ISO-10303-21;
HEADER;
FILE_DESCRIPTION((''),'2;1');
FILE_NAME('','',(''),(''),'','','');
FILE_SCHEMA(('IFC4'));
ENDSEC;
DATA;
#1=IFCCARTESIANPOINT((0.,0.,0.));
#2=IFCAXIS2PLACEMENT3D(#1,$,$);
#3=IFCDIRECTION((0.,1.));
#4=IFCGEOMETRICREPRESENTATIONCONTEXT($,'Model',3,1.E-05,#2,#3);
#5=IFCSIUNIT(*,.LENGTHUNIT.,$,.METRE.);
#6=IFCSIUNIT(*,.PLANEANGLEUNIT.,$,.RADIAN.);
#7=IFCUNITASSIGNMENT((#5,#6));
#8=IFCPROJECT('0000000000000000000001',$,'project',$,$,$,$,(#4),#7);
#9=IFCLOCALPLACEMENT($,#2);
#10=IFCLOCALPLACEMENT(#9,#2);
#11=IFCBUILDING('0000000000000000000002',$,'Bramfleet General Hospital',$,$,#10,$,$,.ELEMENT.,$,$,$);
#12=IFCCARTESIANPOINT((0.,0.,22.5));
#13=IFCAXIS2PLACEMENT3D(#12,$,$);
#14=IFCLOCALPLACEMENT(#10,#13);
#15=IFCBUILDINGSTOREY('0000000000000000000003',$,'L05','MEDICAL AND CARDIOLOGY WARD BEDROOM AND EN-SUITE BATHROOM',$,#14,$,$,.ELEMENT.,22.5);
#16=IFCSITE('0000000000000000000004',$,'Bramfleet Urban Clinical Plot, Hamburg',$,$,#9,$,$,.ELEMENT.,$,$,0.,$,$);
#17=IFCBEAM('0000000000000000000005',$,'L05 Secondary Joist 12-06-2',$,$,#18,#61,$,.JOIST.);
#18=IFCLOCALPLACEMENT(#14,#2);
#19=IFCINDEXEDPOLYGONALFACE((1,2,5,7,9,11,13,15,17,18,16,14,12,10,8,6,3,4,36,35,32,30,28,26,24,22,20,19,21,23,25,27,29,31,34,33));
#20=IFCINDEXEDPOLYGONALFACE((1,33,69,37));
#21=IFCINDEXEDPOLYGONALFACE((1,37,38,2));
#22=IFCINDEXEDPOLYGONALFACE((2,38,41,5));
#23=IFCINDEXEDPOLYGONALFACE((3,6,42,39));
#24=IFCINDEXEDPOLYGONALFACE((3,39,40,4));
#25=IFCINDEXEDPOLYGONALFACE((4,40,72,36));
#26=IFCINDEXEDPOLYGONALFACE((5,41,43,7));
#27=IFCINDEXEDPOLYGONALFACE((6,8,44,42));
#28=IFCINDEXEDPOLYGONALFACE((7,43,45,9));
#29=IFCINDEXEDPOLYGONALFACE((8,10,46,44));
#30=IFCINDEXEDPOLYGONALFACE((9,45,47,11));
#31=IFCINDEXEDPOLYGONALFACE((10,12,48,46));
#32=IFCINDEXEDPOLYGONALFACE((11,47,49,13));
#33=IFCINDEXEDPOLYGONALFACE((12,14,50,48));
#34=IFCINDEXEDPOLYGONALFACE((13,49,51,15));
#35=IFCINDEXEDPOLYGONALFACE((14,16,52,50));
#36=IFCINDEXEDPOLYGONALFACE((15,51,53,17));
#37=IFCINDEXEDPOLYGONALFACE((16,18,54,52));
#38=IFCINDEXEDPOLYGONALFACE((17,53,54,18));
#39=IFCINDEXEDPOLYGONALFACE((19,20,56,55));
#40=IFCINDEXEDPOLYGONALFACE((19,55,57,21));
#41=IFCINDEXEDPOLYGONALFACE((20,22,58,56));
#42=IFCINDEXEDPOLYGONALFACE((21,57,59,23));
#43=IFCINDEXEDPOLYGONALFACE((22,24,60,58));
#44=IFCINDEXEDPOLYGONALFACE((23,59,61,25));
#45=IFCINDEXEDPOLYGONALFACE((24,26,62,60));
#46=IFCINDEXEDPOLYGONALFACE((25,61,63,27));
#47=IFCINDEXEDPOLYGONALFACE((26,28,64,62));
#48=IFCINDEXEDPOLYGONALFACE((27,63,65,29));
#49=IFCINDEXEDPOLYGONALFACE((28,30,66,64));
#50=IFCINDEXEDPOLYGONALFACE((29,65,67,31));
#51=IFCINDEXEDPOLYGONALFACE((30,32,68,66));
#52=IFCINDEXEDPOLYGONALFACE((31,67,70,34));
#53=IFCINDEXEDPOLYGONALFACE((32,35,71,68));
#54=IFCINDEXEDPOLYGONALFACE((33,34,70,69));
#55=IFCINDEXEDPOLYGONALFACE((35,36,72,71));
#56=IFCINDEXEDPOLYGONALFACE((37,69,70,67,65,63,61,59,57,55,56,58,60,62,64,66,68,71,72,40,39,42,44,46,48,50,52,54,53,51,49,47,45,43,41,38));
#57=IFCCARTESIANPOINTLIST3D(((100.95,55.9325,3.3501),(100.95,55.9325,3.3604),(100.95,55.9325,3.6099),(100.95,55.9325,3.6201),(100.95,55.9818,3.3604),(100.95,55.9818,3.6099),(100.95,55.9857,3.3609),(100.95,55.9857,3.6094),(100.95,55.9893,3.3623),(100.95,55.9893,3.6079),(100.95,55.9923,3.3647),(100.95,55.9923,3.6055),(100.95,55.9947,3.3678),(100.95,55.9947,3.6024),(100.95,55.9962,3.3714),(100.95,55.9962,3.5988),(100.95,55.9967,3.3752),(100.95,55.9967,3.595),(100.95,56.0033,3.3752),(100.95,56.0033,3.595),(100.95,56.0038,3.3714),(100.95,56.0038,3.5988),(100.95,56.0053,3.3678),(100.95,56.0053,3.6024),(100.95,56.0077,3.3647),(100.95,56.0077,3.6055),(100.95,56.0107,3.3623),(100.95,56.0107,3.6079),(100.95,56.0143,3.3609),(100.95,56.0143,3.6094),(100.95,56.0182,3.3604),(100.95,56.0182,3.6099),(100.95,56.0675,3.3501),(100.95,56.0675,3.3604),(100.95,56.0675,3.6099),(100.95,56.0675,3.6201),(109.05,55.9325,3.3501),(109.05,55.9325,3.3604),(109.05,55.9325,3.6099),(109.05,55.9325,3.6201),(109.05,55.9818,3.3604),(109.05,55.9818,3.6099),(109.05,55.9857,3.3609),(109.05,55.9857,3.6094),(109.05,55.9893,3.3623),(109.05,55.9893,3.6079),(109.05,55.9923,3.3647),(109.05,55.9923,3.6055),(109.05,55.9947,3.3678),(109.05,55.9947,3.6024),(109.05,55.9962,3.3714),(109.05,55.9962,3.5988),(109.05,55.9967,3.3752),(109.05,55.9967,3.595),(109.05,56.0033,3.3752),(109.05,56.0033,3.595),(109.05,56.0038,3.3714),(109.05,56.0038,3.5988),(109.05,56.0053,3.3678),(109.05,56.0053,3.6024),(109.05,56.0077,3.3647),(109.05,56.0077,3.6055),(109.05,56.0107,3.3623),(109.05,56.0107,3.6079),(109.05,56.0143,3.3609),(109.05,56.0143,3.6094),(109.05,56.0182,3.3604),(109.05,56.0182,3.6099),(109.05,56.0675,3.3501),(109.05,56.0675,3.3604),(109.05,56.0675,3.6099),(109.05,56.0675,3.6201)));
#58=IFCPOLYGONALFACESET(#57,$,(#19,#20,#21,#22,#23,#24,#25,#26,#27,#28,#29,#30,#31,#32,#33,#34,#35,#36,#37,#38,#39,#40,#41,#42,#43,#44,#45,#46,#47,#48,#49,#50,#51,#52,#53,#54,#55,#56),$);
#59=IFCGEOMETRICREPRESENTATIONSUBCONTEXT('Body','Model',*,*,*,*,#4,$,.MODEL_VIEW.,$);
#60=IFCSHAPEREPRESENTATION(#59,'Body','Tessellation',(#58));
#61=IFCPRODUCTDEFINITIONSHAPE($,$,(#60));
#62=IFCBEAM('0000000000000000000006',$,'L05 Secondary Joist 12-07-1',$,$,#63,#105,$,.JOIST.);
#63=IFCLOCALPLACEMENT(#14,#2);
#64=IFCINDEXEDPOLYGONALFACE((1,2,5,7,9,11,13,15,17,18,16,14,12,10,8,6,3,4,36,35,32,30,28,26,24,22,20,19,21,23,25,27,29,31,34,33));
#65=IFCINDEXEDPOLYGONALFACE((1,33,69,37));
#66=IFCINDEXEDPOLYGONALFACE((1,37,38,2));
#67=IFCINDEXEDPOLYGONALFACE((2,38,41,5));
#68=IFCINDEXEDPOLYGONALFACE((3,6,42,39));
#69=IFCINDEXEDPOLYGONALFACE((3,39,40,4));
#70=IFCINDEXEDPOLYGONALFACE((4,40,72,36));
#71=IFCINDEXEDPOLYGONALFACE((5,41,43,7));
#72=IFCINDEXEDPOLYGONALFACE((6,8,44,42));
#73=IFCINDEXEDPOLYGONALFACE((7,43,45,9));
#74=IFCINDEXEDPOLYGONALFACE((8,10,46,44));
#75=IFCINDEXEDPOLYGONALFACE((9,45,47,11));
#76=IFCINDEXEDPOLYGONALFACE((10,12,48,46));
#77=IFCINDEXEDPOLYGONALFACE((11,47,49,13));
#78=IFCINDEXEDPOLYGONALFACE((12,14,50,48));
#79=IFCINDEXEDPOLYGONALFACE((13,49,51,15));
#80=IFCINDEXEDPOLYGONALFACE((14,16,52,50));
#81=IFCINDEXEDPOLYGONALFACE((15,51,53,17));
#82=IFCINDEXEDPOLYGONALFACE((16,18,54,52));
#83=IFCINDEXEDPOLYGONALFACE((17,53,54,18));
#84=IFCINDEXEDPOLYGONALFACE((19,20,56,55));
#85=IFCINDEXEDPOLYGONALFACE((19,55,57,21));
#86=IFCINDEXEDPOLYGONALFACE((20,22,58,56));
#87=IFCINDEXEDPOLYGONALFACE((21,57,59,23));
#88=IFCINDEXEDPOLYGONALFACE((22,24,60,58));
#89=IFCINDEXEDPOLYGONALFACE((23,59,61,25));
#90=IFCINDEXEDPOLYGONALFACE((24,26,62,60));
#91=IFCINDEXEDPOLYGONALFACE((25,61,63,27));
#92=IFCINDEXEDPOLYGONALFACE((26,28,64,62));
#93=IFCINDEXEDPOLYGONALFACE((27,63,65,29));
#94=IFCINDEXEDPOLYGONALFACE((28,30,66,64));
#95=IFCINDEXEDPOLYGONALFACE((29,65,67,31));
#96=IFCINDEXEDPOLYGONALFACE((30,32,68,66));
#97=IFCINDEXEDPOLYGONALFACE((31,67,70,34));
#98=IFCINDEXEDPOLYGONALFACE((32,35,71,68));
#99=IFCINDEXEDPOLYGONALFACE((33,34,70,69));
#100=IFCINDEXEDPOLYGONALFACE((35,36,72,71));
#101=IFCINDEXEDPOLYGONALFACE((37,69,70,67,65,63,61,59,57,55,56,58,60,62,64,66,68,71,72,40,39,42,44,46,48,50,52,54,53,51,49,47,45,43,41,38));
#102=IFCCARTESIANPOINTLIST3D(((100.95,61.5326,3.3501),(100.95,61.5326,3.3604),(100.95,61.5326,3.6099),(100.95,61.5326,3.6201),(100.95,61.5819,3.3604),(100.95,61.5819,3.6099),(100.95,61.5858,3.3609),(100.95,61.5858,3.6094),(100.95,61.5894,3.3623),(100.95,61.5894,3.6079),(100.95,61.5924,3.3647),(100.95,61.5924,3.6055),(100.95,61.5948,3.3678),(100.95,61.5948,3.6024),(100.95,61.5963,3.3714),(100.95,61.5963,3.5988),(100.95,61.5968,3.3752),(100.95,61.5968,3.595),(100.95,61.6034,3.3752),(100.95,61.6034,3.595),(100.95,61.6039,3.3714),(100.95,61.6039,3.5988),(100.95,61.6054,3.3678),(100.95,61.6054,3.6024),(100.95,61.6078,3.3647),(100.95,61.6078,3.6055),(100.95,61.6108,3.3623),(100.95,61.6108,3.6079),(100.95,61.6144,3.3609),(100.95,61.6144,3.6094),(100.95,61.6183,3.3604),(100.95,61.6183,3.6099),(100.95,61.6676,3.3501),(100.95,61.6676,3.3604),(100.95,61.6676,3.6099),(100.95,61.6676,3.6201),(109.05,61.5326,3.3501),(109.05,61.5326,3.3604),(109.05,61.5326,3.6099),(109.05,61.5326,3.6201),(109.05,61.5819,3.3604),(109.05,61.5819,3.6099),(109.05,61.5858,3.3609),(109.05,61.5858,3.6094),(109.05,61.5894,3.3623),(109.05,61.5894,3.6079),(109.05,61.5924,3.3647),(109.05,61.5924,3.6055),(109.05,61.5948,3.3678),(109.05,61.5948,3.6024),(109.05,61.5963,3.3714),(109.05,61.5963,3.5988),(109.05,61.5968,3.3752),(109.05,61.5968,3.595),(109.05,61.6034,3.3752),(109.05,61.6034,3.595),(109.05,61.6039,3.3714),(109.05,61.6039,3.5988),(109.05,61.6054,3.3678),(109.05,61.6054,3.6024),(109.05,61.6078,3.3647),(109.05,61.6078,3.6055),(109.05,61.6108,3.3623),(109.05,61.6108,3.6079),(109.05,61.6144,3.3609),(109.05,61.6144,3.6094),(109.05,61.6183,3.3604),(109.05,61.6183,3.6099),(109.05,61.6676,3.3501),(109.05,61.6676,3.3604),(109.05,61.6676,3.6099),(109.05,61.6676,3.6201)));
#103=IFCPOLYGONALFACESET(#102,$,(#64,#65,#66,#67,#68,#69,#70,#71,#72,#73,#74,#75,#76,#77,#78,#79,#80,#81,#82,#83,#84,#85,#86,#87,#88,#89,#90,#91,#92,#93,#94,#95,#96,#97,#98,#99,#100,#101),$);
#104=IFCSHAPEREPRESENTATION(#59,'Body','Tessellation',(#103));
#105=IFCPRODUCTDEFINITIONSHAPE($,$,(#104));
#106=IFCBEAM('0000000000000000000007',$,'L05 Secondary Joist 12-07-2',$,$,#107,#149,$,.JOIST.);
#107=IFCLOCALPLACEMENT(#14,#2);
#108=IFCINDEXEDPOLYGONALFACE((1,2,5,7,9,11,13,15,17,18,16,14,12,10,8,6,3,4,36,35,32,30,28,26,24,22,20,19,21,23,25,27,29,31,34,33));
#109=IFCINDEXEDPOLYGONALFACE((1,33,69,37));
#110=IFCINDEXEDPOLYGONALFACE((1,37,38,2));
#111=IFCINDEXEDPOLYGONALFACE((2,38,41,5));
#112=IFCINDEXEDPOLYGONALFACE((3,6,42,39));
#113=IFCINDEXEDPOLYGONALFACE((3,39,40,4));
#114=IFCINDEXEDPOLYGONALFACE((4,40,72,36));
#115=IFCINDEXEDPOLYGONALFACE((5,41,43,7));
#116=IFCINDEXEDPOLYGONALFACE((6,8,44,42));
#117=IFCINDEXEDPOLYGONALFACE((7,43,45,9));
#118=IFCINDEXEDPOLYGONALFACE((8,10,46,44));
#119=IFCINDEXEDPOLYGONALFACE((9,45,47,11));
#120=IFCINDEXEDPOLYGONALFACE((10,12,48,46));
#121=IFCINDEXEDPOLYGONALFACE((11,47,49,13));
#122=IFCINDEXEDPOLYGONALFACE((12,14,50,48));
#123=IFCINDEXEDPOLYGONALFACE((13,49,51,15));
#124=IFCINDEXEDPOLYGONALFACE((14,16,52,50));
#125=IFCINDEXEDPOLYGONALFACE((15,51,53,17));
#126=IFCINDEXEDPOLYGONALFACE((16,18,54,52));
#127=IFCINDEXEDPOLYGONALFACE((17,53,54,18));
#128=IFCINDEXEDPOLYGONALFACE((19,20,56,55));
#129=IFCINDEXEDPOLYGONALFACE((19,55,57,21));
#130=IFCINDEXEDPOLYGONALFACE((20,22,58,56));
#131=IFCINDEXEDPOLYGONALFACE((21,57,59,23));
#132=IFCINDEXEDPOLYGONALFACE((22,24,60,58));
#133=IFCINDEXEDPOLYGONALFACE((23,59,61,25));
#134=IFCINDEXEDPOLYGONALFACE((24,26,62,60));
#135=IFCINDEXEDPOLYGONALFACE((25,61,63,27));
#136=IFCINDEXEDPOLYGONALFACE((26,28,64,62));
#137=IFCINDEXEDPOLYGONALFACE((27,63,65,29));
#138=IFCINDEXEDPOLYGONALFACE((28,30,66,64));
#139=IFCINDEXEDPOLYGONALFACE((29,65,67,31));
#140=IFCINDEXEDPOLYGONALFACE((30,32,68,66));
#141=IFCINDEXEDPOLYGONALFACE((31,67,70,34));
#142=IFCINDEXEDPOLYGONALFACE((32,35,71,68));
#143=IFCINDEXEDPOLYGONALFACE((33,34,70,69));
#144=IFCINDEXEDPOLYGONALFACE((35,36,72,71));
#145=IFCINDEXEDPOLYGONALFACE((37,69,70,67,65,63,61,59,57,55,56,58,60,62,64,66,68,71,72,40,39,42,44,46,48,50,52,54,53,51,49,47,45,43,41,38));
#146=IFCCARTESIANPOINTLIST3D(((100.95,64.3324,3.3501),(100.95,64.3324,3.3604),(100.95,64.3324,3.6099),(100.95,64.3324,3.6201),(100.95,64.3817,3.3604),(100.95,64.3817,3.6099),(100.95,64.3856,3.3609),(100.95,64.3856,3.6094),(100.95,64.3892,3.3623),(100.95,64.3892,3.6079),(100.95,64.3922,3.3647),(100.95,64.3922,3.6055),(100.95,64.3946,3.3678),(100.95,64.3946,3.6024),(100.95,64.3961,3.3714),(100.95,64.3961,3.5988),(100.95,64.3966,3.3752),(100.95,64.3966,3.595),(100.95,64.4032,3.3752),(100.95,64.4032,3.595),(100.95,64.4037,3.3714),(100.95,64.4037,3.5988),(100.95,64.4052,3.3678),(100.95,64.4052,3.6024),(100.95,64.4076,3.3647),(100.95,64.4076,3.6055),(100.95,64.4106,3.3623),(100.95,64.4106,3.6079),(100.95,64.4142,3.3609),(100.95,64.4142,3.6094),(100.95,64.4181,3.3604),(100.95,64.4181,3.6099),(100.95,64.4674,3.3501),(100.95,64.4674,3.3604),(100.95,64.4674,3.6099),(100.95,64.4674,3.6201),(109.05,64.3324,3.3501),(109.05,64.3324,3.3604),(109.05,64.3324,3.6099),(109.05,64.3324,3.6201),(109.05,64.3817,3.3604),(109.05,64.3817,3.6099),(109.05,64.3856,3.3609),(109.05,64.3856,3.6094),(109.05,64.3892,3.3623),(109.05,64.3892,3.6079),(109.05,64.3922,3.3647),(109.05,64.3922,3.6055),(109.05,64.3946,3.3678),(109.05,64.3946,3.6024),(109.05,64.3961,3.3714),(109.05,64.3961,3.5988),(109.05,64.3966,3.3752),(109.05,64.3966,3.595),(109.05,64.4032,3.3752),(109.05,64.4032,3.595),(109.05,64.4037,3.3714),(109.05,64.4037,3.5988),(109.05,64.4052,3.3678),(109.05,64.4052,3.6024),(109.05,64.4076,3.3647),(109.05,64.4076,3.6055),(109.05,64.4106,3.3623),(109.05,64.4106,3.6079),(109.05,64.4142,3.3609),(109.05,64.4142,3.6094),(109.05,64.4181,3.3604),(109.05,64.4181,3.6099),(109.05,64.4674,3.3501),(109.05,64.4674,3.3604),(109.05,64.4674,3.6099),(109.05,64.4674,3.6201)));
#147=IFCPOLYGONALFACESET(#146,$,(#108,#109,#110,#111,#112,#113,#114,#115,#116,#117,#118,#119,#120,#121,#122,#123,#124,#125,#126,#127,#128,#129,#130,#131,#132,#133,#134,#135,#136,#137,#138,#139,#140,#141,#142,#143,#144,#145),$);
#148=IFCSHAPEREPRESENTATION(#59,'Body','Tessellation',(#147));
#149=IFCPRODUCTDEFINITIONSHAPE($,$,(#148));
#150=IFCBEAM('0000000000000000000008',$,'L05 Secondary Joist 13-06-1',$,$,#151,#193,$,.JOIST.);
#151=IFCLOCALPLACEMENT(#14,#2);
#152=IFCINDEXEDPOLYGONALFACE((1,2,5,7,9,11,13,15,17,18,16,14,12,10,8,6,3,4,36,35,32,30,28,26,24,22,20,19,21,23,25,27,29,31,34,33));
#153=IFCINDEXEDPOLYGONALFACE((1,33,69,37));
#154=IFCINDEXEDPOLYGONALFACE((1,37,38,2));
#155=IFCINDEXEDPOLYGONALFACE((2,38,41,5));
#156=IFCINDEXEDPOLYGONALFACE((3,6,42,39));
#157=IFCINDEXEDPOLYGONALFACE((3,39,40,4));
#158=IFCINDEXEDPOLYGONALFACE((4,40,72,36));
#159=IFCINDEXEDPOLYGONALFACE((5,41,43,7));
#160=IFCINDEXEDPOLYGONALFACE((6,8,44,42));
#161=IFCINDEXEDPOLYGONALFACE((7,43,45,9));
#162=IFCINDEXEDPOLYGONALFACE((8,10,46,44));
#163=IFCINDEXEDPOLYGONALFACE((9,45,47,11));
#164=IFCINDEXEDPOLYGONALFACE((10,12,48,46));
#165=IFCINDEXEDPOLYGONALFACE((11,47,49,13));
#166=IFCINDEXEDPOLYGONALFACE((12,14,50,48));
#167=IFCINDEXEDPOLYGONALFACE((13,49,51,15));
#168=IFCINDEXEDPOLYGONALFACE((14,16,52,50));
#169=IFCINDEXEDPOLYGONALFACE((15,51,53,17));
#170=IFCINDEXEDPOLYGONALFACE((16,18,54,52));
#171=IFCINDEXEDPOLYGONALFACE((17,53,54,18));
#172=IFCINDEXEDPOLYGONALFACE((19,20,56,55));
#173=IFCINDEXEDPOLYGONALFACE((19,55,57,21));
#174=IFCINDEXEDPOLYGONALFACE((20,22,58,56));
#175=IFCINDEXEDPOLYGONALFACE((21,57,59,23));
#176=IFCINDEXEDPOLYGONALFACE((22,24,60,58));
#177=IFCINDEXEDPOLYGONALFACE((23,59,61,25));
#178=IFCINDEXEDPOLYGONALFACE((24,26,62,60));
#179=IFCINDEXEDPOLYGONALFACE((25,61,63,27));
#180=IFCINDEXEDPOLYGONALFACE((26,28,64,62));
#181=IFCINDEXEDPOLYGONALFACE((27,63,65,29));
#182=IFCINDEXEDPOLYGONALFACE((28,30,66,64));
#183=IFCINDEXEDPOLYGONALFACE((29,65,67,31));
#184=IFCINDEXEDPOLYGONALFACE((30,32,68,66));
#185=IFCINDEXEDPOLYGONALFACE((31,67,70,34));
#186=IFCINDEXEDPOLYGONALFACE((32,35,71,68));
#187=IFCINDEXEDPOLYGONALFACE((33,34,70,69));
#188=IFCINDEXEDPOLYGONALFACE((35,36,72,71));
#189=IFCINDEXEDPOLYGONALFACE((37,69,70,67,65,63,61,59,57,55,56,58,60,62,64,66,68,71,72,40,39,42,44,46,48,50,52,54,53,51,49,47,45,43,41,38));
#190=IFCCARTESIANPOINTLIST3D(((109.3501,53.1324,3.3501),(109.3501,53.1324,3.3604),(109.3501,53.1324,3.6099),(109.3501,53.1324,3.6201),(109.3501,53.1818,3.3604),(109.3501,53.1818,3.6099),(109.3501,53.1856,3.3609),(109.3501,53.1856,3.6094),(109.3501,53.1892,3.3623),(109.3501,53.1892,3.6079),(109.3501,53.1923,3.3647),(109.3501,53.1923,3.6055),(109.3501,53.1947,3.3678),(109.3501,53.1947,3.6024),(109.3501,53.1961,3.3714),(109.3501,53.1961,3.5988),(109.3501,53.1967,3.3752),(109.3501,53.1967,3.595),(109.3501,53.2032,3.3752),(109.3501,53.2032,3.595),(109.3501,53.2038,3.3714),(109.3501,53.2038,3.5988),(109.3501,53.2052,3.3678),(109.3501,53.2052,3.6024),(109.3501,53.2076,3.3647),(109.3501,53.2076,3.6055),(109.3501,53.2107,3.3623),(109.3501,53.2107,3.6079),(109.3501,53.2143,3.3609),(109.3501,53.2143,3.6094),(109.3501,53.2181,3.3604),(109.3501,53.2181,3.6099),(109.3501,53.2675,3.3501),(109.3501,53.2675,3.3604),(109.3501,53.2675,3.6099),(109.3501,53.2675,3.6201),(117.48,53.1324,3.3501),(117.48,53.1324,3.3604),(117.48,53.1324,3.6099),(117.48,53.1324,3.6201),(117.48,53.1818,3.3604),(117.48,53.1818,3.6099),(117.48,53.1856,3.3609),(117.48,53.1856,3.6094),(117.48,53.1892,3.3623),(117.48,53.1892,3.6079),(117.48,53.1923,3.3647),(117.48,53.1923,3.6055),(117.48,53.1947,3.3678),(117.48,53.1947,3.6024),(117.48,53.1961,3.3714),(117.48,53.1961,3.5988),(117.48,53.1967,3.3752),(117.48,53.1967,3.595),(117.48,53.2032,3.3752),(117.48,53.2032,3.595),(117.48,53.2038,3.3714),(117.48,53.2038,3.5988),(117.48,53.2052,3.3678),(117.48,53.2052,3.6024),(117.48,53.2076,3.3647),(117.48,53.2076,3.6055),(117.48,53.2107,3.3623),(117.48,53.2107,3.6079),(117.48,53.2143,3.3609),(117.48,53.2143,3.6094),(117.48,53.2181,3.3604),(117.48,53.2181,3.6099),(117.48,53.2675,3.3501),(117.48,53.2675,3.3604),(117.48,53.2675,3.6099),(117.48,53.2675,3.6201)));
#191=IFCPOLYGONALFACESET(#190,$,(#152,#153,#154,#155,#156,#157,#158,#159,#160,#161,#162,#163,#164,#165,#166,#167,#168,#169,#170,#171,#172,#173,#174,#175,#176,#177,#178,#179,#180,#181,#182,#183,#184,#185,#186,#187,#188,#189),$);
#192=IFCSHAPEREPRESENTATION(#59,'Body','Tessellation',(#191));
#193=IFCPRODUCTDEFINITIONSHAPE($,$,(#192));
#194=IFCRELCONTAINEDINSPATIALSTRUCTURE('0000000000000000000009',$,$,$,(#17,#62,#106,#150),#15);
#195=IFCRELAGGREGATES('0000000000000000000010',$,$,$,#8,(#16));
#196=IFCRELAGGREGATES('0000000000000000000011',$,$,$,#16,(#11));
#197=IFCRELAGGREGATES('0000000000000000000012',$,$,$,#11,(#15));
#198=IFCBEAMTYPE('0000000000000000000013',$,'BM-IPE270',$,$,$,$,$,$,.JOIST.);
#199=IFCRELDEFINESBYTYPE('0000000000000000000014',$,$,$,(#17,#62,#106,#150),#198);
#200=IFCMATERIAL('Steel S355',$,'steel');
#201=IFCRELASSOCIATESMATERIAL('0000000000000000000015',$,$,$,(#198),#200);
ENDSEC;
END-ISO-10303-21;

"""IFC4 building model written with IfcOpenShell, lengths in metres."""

from ifc_helpers import new_model, si_unit, direction, frame, origin, origin_2d, place, context, subcontext, project, spatial, i_section, extrude, material, material_profile, profile_set, type_object, element, save


model = new_model("IFC4")

# Units and contexts
model_context = context("Model", 3, precision=1e-05, world=origin(), true_north=direction((0.0, 1.0)))
body_context = subcontext(model_context, "Body", "Model", "MODEL_VIEW")
ifc_project = project(units=[si_unit("LENGTHUNIT", "METRE"), si_unit("PLANEANGLEUNIT", "RADIAN")], contexts=[model_context])

# Site, building, storey
site_placement = place(None, origin())
site = spatial("IfcSite", under=ifc_project, at=site_placement, Name="Bramfleet Urban Clinical Plot, Hamburg", CompositionType="ELEMENT", RefElevation=0.0)
building_placement = place(site_placement, origin())
building = spatial("IfcBuilding", under=site, at=building_placement, Name="Bramfleet General Hospital", CompositionType="ELEMENT")
storey_placement = place(building_placement, frame((0.0, 0.0, 22.5)))
storey = spatial("IfcBuildingStorey", under=building, at=storey_placement, Name="L05", Description="MEDICAL AND CARDIOLOGY WARD BEDROOM AND EN-SUITE BATHROOM", CompositionType="ELEMENT", Elevation=22.5)

# Beams
ifc_material_1 = material(Name="Steel S355", Category="steel")
ifc_material_profile_1 = material_profile(ifc_material_1, i_section(OverallWidth=0.135, OverallDepth=0.27, WebThickness=0.0066, FlangeThickness=0.0103, FilletRadius=0.0149, at=origin_2d()), Name="IPE 270")
ifc_profile_set_1 = profile_set([ifc_material_profile_1], Name="Steel S355")
beam_type_1 = type_object("IfcBeamType", Name="BM-IPE270", PredefinedType="JOIST", material=ifc_profile_set_1)
for number, where, z_axis, x_axis, name in (
    (1, (100.95, 56.0, 3.4851), (1.0, 0.0, 0.0), (0.0, 1.0, 0.0), "L05 Secondary Joist 12-06-2"),
    (2, (100.95, 61.6001, 3.4851), (1.0, 0.0, 0.0), (0.0, 1.0, 0.0), "L05 Secondary Joist 12-07-1"),
    (3, (100.95, 64.3999, 3.4851), (1.0, 0.0, 0.0), (0.0, 1.0, 0.0), "L05 Secondary Joist 12-07-2"),
):
    element("IfcBeam", number, at=place(storey_placement, frame(where, z_axis=z_axis, x_axis=x_axis)), inside=storey, type_object=beam_type_1, Name=name, PredefinedType="JOIST", context=body_context, shape_type="SweptSolid", body=[
        extrude(i_section(OverallWidth=0.135, OverallDepth=0.27, WebThickness=0.0066, FlangeThickness=0.0103, FilletRadius=0.0149, at=origin_2d()), origin(), (0.0, 0.0, 1.0), 8.1001),
    ])
for number, where, z_axis, x_axis, name in (
    (4, (109.3501, 53.2, 3.4851), (1.0, 0.0, 0.0), (0.0, 1.0, 0.0), "L05 Secondary Joist 13-06-1"),
):
    element("IfcBeam", number, at=place(storey_placement, frame(where, z_axis=z_axis, x_axis=x_axis)), inside=storey, type_object=beam_type_1, Name=name, PredefinedType="JOIST", context=body_context, shape_type="SweptSolid", body=[
        extrude(i_section(OverallWidth=0.135, OverallDepth=0.27, WebThickness=0.0066, FlangeThickness=0.0103, FilletRadius=0.0149, at=origin_2d()), origin(), (0.0, 0.0, 1.0), 8.1299),
    ])

save(model, "model.ifc")
